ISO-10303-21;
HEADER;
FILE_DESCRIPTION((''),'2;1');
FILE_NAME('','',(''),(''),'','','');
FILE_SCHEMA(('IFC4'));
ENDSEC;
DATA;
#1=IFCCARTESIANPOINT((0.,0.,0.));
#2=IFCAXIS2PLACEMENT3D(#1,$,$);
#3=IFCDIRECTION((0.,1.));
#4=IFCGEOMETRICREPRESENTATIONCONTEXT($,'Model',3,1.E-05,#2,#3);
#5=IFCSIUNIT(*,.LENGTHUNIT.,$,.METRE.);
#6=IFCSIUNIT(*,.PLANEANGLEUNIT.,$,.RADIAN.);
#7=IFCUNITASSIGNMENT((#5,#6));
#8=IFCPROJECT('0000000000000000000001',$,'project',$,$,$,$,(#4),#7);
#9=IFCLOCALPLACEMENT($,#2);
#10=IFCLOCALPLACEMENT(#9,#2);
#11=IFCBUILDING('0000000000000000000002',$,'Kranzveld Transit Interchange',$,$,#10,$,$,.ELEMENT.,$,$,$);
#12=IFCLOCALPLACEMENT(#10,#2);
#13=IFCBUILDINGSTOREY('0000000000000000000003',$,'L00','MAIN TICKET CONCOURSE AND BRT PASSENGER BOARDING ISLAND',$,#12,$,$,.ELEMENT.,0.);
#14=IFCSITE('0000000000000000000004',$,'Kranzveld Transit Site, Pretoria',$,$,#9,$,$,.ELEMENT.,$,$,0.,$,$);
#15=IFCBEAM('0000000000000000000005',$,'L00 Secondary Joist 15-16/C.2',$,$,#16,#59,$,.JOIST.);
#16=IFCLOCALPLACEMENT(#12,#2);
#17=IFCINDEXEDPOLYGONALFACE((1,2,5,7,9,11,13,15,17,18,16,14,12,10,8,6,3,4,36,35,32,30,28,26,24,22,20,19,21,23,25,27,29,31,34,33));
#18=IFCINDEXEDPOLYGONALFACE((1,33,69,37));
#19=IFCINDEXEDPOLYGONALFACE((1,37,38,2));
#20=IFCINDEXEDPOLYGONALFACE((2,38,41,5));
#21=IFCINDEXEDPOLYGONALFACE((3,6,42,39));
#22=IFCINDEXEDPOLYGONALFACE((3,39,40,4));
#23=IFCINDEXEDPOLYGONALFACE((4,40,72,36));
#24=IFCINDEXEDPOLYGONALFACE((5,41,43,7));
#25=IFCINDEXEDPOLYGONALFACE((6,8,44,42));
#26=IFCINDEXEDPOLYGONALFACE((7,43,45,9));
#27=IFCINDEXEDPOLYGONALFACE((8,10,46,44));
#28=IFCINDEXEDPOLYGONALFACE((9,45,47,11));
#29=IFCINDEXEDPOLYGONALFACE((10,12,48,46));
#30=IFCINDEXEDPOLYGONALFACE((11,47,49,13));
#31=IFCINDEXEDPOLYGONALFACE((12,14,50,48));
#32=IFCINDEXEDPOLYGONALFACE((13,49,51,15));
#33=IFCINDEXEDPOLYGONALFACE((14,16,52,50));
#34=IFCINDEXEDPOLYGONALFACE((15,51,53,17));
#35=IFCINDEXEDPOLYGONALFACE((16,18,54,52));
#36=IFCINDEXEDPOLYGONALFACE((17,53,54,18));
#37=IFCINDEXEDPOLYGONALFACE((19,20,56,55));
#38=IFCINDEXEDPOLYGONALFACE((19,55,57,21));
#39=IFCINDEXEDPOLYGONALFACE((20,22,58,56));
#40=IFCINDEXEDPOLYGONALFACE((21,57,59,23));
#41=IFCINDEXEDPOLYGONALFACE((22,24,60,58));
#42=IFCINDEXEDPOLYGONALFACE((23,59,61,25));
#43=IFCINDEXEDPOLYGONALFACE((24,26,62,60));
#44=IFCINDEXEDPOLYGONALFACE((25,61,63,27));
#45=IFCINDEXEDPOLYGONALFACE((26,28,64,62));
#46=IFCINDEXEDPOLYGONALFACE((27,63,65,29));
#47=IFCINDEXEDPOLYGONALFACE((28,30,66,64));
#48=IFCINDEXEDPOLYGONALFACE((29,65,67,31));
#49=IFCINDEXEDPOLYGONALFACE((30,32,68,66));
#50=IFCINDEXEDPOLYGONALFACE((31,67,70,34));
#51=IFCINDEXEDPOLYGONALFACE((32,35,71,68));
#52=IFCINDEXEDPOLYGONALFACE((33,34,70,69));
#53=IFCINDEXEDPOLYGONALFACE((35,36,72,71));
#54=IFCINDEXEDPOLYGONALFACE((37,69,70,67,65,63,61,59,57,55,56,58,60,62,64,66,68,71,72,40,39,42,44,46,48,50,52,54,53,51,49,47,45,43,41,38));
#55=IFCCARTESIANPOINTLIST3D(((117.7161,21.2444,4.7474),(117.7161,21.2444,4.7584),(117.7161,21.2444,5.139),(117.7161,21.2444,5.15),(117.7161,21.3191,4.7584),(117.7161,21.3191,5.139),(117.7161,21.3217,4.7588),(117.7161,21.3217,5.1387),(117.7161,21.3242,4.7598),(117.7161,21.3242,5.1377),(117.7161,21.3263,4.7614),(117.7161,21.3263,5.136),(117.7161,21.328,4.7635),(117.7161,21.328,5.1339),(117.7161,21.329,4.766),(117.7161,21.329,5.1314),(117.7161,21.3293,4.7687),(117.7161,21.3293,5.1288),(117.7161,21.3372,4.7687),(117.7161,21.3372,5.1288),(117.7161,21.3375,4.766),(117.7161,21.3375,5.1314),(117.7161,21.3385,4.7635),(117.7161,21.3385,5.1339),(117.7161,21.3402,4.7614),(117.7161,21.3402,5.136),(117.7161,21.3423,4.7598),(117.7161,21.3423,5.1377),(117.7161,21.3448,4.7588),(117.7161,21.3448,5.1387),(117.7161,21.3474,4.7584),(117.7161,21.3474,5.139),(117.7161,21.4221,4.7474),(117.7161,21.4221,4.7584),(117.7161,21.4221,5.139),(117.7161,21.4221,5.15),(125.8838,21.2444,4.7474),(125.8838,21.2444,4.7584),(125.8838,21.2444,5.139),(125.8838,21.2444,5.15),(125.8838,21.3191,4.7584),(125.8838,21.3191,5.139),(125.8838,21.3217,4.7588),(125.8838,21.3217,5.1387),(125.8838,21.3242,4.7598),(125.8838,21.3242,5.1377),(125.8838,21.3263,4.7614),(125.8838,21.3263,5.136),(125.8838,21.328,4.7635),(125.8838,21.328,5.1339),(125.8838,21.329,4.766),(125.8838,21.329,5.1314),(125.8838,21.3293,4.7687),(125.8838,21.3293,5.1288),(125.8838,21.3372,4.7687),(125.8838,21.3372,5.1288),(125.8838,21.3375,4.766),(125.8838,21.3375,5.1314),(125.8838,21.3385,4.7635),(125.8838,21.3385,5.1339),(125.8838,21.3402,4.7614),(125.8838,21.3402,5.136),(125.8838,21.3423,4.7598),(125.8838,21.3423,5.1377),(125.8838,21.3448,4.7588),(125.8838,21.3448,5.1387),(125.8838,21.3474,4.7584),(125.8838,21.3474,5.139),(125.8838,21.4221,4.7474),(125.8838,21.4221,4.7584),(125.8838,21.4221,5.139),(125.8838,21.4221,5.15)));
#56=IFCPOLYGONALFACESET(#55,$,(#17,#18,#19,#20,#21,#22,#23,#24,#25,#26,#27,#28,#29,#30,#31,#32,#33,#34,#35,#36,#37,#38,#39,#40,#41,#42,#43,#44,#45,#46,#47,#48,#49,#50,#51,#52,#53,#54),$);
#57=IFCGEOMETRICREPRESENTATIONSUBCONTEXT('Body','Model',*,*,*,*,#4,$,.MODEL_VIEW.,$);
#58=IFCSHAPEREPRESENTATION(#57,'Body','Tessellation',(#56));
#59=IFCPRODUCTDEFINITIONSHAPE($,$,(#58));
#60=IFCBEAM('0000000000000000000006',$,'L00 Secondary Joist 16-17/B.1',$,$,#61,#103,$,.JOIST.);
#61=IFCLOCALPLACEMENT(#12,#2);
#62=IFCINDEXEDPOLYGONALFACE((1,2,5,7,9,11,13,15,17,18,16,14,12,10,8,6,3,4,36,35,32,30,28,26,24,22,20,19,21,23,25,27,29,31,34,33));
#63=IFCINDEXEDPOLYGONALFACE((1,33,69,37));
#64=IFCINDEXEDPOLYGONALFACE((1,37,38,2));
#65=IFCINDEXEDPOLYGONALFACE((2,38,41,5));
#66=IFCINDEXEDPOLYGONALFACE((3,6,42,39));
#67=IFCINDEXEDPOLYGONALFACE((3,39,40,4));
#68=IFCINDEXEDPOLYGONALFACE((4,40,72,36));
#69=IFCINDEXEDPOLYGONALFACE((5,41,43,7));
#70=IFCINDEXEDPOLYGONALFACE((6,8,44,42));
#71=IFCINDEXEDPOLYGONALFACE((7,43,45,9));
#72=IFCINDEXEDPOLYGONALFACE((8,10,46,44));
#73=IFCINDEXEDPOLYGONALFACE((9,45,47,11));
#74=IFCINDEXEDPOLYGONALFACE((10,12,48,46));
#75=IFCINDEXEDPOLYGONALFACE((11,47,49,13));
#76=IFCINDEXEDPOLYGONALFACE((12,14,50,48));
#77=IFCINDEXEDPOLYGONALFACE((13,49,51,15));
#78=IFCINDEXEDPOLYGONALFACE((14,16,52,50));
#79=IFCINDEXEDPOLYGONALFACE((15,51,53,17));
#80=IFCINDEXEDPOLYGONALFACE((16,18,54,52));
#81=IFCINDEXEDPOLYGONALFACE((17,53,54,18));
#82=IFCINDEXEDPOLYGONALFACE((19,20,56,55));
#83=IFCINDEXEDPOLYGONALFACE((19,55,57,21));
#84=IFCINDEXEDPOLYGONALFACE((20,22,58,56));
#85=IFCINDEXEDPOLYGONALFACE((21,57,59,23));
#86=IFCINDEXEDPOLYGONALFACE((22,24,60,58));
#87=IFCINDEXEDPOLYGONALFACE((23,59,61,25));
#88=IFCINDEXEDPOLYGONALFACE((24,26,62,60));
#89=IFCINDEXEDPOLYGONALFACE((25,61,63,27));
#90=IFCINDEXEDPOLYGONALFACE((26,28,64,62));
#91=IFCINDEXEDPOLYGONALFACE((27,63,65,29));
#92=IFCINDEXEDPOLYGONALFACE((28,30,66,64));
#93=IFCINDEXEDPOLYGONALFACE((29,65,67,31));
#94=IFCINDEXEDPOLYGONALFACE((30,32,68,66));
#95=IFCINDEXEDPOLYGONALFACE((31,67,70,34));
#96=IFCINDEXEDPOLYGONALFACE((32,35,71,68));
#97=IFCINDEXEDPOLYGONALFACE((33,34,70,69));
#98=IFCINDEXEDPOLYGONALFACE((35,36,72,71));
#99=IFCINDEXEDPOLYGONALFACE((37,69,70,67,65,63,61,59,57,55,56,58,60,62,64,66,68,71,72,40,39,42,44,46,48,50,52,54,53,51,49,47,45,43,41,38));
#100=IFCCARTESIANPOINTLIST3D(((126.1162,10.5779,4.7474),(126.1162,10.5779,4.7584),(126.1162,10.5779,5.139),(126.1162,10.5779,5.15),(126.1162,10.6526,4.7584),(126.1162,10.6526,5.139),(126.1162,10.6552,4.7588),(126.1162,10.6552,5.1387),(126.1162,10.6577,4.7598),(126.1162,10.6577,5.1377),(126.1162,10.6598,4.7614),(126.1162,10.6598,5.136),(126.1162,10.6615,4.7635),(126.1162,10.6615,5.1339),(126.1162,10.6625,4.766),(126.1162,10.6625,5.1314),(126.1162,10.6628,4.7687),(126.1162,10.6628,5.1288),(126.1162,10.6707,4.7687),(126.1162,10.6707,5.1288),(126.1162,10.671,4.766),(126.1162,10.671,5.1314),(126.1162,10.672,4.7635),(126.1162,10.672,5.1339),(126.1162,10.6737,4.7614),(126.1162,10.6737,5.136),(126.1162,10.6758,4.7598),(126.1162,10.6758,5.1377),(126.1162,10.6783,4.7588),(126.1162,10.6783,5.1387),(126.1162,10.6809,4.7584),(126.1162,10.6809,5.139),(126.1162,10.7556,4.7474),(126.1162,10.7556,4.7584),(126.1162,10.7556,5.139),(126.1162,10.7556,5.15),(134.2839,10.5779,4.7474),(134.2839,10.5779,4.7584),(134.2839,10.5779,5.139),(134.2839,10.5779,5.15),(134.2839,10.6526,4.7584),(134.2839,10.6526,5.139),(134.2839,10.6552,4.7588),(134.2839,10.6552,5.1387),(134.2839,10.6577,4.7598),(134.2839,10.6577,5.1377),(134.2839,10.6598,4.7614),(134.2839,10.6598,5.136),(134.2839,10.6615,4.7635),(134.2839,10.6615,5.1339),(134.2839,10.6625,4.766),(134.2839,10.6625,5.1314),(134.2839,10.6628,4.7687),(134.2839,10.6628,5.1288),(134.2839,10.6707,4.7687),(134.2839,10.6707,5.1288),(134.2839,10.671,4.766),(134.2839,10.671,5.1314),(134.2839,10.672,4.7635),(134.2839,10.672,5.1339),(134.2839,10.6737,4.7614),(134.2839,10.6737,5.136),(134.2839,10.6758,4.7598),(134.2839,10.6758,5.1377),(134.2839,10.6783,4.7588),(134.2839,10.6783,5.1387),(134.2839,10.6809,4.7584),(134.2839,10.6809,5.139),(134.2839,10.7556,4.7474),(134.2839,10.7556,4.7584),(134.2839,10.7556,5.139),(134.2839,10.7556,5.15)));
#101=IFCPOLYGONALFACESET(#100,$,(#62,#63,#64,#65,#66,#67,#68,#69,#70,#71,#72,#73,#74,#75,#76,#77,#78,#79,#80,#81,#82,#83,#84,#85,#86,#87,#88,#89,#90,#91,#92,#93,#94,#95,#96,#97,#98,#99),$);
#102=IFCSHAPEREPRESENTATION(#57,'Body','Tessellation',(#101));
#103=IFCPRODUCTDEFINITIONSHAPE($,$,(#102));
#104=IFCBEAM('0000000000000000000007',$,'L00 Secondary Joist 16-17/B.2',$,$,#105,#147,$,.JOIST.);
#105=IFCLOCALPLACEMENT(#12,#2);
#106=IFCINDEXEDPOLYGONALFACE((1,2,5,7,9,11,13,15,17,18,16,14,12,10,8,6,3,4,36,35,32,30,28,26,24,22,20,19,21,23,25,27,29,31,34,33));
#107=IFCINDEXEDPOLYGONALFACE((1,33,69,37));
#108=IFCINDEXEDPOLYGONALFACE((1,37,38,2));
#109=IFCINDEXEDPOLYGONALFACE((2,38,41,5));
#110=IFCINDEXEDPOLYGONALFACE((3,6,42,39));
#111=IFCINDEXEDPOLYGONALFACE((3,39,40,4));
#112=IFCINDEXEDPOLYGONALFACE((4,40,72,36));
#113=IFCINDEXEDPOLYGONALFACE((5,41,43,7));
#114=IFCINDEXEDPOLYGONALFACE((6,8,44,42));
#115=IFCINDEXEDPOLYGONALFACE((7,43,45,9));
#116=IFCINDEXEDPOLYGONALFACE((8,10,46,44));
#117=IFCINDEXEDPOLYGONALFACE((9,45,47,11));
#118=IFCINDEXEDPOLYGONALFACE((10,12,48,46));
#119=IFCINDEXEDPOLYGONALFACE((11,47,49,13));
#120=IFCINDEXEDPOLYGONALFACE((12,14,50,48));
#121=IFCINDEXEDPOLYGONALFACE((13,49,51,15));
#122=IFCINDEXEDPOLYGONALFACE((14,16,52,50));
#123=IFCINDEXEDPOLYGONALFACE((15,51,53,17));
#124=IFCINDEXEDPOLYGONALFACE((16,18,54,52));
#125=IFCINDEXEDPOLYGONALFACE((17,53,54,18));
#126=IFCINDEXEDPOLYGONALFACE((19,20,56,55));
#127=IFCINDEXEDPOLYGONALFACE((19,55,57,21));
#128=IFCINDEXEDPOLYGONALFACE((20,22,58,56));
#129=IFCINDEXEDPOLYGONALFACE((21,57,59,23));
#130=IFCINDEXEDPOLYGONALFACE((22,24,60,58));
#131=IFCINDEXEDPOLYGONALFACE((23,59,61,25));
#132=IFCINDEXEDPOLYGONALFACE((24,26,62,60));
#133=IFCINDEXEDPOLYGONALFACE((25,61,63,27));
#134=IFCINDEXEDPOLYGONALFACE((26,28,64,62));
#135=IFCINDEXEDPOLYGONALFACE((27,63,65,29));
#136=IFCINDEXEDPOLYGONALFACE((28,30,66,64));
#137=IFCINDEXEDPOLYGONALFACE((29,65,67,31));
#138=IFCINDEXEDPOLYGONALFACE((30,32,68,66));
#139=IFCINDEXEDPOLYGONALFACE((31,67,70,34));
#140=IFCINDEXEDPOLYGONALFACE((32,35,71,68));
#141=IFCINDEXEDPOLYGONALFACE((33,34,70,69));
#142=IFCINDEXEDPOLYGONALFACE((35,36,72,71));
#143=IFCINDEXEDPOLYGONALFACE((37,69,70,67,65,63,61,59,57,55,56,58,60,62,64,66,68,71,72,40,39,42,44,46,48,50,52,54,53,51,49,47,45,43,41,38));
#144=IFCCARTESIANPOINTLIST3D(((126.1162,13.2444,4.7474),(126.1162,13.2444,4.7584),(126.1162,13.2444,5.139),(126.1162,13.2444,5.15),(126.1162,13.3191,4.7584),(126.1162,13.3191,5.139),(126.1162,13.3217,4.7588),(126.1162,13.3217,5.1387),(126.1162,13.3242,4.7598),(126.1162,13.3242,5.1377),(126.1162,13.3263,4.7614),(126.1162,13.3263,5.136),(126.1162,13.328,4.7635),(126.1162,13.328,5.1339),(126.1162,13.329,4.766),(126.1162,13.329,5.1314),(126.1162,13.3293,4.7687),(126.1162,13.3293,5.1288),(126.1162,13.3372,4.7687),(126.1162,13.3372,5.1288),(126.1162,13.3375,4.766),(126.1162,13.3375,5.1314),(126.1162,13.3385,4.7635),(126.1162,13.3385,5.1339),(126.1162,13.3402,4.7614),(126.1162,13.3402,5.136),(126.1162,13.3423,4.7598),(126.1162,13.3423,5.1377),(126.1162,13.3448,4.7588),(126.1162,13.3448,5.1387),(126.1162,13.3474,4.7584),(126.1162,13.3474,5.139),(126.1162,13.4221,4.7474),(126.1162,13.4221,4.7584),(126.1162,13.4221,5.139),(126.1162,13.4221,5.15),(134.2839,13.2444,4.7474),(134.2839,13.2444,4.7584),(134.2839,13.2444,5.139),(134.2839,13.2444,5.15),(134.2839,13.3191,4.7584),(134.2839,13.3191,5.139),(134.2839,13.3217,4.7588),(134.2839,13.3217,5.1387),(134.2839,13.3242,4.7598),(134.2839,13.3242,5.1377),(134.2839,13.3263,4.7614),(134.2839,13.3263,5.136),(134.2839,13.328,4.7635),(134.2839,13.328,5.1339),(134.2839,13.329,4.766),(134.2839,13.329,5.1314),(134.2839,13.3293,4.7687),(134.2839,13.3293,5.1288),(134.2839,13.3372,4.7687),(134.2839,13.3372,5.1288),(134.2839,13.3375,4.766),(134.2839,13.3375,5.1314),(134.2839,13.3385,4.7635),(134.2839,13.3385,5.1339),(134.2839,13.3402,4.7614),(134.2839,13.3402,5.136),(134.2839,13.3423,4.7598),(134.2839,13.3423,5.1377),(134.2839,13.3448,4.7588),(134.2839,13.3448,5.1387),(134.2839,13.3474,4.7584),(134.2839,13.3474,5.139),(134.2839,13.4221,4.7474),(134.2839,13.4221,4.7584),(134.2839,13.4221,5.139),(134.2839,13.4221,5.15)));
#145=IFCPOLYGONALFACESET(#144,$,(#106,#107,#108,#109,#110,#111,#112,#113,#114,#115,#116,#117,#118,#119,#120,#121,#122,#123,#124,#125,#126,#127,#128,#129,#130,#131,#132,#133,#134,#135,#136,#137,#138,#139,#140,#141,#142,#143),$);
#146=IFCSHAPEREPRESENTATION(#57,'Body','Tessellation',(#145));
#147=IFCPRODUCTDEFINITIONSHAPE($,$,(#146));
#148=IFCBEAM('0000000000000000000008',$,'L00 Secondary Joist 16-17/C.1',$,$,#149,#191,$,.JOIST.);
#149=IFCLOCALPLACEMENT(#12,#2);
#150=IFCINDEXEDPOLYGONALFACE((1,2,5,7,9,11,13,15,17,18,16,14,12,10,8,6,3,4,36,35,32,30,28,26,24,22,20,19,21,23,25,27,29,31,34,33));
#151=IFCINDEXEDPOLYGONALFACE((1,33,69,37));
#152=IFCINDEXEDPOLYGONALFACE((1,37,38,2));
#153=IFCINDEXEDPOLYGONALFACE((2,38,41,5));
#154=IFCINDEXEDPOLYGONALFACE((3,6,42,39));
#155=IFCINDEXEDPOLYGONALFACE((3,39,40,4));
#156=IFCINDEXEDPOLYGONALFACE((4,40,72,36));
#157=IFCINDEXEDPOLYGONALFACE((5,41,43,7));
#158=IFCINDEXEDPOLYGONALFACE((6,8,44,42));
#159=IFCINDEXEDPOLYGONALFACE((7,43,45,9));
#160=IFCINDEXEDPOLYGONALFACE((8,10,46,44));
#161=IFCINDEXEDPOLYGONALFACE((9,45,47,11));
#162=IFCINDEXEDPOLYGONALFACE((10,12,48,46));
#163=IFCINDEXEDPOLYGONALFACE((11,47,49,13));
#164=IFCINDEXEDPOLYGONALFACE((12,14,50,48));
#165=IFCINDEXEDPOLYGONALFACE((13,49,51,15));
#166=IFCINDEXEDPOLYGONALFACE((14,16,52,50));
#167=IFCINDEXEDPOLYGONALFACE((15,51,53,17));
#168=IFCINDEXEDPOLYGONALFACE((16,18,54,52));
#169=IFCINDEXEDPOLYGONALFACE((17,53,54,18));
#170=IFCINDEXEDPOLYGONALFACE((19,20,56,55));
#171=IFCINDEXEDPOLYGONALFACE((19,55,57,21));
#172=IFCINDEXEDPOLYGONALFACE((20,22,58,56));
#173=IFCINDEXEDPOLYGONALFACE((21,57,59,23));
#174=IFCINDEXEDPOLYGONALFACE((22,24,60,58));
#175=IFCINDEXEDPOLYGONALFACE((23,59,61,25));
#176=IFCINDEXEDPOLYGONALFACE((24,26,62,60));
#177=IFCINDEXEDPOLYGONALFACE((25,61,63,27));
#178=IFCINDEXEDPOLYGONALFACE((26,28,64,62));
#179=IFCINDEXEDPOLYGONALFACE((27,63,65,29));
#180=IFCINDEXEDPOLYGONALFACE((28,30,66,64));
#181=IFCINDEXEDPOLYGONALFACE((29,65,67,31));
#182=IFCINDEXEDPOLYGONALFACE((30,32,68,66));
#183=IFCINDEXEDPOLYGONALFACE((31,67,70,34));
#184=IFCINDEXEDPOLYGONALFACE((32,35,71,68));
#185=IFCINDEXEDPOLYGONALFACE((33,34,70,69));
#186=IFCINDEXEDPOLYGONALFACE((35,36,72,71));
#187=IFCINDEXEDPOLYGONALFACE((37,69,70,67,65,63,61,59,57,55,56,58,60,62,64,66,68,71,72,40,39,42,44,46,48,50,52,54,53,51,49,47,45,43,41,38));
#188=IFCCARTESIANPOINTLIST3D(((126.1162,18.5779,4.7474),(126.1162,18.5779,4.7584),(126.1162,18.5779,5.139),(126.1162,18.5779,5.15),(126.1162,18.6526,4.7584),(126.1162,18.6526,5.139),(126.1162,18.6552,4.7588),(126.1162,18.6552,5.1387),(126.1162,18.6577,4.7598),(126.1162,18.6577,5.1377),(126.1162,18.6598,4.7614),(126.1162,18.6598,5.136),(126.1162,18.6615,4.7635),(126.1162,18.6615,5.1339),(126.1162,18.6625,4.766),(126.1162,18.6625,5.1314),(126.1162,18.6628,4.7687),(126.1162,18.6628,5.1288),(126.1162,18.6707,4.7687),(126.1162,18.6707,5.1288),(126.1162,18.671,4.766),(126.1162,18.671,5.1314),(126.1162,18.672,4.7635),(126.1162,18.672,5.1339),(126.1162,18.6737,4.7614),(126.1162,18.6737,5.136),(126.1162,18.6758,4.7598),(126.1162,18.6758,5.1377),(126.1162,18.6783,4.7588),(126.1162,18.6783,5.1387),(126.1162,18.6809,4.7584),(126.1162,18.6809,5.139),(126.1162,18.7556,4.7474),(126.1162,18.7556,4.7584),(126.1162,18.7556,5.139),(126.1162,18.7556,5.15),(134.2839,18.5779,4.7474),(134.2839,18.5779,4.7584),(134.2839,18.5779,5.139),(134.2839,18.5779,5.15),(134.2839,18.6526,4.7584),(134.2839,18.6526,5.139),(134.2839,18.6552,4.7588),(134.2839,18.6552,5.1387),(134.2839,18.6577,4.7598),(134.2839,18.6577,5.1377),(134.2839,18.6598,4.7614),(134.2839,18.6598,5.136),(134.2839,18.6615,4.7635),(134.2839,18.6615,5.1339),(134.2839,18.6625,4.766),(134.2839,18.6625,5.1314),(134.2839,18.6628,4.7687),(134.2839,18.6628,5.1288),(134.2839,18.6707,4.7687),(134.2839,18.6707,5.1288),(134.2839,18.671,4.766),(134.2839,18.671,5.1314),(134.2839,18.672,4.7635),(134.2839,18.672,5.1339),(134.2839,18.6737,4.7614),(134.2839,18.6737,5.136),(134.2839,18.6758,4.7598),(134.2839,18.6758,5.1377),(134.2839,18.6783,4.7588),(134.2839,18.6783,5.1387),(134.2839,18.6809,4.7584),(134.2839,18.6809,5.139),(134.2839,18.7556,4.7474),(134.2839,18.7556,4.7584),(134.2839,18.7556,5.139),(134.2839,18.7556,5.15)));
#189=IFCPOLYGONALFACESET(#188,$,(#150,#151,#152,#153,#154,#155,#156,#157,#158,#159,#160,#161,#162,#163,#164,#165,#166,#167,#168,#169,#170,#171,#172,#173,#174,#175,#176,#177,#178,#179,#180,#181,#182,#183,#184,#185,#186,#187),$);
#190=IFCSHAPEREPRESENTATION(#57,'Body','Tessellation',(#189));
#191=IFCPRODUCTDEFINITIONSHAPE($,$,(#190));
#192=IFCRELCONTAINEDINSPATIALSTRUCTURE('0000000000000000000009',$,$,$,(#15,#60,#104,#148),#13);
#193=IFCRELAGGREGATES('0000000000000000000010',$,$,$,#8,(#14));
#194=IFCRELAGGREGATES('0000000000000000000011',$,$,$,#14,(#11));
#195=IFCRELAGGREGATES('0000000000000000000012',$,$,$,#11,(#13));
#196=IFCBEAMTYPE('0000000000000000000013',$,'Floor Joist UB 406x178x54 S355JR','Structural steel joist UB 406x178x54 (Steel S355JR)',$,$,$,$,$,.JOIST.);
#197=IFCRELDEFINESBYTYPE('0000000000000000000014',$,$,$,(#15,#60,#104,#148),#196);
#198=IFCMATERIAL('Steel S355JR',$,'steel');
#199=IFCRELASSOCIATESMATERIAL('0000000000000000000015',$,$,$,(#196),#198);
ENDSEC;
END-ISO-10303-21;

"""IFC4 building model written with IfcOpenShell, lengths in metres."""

from ifc_helpers import new_model, si_unit, direction, frame, origin, origin_2d, place, context, subcontext, project, spatial, i_section, extrude, material, material_profile, profile_set, type_object, element, save


model = new_model("IFC4")

# Units and contexts
model_context = context("Model", 3, precision=1e-05, world=origin(), true_north=direction((0.0, 1.0)))
body_context = subcontext(model_context, "Body", "Model", "MODEL_VIEW")
ifc_project = project(units=[si_unit("LENGTHUNIT", "METRE"), si_unit("PLANEANGLEUNIT", "RADIAN")], contexts=[model_context])

# Site, building, storey
site_placement = place(None, origin())
site = spatial("IfcSite", under=ifc_project, at=site_placement, Name="Kranzveld Transit Site, Pretoria", CompositionType="ELEMENT", RefElevation=0.0)
building_placement = place(site_placement, origin())
building = spatial("IfcBuilding", under=site, at=building_placement, Name="Kranzveld Transit Interchange", CompositionType="ELEMENT")
storey_placement = place(building_placement, origin())
storey = spatial("IfcBuildingStorey", under=building, at=storey_placement, Name="L00", Description="MAIN TICKET CONCOURSE AND BRT PASSENGER BOARDING ISLAND", CompositionType="ELEMENT", Elevation=0.0)

# Beams
ifc_material_1 = material(Name="Steel S355JR", Category="steel")
ifc_material_profile_1 = material_profile(ifc_material_1, i_section(OverallWidth=0.1777, OverallDepth=0.4026, WebThickness=0.0078, FlangeThickness=0.011, FilletRadius=0.0103, at=origin_2d()), Name="UB 406x178x54")
ifc_profile_set_1 = profile_set([ifc_material_profile_1], Name="Steel S355JR")
beam_type_1 = type_object("IfcBeamType", Name="Floor Joist UB 406x178x54 S355JR", Description="Structural steel joist UB 406x178x54 (Steel S355JR)", PredefinedType="JOIST", material=ifc_profile_set_1)
for number, where, z_axis, x_axis, name in (
    (1, (117.7161, 21.3333, 4.9487), (1.0, 0.0, 0.0), (0.0, 1.0, 0.0), "L00 Secondary Joist 15-16/C.2"),
    (2, (126.1162, 10.6667, 4.9487), (1.0, 0.0, 0.0), (0.0, 1.0, 0.0), "L00 Secondary Joist 16-17/B.1"),
    (3, (126.1162, 13.3333, 4.9487), (1.0, 0.0, 0.0), (0.0, 1.0, 0.0), "L00 Secondary Joist 16-17/B.2"),
    (4, (126.1162, 18.6667, 4.9487), (1.0, 0.0, 0.0), (0.0, 1.0, 0.0), "L00 Secondary Joist 16-17/C.1"),
):
    element("IfcBeam", number, at=place(storey_placement, frame(where, z_axis=z_axis, x_axis=x_axis)), inside=storey, type_object=beam_type_1, Name=name, PredefinedType="JOIST", context=body_context, shape_type="SweptSolid", body=[
        extrude(i_section(OverallWidth=0.1777, OverallDepth=0.4026, WebThickness=0.0078, FlangeThickness=0.011, FilletRadius=0.0103, at=origin_2d()), origin(), (0.0, 0.0, 1.0), 8.1677),
    ])

save(model, "model.ifc")
